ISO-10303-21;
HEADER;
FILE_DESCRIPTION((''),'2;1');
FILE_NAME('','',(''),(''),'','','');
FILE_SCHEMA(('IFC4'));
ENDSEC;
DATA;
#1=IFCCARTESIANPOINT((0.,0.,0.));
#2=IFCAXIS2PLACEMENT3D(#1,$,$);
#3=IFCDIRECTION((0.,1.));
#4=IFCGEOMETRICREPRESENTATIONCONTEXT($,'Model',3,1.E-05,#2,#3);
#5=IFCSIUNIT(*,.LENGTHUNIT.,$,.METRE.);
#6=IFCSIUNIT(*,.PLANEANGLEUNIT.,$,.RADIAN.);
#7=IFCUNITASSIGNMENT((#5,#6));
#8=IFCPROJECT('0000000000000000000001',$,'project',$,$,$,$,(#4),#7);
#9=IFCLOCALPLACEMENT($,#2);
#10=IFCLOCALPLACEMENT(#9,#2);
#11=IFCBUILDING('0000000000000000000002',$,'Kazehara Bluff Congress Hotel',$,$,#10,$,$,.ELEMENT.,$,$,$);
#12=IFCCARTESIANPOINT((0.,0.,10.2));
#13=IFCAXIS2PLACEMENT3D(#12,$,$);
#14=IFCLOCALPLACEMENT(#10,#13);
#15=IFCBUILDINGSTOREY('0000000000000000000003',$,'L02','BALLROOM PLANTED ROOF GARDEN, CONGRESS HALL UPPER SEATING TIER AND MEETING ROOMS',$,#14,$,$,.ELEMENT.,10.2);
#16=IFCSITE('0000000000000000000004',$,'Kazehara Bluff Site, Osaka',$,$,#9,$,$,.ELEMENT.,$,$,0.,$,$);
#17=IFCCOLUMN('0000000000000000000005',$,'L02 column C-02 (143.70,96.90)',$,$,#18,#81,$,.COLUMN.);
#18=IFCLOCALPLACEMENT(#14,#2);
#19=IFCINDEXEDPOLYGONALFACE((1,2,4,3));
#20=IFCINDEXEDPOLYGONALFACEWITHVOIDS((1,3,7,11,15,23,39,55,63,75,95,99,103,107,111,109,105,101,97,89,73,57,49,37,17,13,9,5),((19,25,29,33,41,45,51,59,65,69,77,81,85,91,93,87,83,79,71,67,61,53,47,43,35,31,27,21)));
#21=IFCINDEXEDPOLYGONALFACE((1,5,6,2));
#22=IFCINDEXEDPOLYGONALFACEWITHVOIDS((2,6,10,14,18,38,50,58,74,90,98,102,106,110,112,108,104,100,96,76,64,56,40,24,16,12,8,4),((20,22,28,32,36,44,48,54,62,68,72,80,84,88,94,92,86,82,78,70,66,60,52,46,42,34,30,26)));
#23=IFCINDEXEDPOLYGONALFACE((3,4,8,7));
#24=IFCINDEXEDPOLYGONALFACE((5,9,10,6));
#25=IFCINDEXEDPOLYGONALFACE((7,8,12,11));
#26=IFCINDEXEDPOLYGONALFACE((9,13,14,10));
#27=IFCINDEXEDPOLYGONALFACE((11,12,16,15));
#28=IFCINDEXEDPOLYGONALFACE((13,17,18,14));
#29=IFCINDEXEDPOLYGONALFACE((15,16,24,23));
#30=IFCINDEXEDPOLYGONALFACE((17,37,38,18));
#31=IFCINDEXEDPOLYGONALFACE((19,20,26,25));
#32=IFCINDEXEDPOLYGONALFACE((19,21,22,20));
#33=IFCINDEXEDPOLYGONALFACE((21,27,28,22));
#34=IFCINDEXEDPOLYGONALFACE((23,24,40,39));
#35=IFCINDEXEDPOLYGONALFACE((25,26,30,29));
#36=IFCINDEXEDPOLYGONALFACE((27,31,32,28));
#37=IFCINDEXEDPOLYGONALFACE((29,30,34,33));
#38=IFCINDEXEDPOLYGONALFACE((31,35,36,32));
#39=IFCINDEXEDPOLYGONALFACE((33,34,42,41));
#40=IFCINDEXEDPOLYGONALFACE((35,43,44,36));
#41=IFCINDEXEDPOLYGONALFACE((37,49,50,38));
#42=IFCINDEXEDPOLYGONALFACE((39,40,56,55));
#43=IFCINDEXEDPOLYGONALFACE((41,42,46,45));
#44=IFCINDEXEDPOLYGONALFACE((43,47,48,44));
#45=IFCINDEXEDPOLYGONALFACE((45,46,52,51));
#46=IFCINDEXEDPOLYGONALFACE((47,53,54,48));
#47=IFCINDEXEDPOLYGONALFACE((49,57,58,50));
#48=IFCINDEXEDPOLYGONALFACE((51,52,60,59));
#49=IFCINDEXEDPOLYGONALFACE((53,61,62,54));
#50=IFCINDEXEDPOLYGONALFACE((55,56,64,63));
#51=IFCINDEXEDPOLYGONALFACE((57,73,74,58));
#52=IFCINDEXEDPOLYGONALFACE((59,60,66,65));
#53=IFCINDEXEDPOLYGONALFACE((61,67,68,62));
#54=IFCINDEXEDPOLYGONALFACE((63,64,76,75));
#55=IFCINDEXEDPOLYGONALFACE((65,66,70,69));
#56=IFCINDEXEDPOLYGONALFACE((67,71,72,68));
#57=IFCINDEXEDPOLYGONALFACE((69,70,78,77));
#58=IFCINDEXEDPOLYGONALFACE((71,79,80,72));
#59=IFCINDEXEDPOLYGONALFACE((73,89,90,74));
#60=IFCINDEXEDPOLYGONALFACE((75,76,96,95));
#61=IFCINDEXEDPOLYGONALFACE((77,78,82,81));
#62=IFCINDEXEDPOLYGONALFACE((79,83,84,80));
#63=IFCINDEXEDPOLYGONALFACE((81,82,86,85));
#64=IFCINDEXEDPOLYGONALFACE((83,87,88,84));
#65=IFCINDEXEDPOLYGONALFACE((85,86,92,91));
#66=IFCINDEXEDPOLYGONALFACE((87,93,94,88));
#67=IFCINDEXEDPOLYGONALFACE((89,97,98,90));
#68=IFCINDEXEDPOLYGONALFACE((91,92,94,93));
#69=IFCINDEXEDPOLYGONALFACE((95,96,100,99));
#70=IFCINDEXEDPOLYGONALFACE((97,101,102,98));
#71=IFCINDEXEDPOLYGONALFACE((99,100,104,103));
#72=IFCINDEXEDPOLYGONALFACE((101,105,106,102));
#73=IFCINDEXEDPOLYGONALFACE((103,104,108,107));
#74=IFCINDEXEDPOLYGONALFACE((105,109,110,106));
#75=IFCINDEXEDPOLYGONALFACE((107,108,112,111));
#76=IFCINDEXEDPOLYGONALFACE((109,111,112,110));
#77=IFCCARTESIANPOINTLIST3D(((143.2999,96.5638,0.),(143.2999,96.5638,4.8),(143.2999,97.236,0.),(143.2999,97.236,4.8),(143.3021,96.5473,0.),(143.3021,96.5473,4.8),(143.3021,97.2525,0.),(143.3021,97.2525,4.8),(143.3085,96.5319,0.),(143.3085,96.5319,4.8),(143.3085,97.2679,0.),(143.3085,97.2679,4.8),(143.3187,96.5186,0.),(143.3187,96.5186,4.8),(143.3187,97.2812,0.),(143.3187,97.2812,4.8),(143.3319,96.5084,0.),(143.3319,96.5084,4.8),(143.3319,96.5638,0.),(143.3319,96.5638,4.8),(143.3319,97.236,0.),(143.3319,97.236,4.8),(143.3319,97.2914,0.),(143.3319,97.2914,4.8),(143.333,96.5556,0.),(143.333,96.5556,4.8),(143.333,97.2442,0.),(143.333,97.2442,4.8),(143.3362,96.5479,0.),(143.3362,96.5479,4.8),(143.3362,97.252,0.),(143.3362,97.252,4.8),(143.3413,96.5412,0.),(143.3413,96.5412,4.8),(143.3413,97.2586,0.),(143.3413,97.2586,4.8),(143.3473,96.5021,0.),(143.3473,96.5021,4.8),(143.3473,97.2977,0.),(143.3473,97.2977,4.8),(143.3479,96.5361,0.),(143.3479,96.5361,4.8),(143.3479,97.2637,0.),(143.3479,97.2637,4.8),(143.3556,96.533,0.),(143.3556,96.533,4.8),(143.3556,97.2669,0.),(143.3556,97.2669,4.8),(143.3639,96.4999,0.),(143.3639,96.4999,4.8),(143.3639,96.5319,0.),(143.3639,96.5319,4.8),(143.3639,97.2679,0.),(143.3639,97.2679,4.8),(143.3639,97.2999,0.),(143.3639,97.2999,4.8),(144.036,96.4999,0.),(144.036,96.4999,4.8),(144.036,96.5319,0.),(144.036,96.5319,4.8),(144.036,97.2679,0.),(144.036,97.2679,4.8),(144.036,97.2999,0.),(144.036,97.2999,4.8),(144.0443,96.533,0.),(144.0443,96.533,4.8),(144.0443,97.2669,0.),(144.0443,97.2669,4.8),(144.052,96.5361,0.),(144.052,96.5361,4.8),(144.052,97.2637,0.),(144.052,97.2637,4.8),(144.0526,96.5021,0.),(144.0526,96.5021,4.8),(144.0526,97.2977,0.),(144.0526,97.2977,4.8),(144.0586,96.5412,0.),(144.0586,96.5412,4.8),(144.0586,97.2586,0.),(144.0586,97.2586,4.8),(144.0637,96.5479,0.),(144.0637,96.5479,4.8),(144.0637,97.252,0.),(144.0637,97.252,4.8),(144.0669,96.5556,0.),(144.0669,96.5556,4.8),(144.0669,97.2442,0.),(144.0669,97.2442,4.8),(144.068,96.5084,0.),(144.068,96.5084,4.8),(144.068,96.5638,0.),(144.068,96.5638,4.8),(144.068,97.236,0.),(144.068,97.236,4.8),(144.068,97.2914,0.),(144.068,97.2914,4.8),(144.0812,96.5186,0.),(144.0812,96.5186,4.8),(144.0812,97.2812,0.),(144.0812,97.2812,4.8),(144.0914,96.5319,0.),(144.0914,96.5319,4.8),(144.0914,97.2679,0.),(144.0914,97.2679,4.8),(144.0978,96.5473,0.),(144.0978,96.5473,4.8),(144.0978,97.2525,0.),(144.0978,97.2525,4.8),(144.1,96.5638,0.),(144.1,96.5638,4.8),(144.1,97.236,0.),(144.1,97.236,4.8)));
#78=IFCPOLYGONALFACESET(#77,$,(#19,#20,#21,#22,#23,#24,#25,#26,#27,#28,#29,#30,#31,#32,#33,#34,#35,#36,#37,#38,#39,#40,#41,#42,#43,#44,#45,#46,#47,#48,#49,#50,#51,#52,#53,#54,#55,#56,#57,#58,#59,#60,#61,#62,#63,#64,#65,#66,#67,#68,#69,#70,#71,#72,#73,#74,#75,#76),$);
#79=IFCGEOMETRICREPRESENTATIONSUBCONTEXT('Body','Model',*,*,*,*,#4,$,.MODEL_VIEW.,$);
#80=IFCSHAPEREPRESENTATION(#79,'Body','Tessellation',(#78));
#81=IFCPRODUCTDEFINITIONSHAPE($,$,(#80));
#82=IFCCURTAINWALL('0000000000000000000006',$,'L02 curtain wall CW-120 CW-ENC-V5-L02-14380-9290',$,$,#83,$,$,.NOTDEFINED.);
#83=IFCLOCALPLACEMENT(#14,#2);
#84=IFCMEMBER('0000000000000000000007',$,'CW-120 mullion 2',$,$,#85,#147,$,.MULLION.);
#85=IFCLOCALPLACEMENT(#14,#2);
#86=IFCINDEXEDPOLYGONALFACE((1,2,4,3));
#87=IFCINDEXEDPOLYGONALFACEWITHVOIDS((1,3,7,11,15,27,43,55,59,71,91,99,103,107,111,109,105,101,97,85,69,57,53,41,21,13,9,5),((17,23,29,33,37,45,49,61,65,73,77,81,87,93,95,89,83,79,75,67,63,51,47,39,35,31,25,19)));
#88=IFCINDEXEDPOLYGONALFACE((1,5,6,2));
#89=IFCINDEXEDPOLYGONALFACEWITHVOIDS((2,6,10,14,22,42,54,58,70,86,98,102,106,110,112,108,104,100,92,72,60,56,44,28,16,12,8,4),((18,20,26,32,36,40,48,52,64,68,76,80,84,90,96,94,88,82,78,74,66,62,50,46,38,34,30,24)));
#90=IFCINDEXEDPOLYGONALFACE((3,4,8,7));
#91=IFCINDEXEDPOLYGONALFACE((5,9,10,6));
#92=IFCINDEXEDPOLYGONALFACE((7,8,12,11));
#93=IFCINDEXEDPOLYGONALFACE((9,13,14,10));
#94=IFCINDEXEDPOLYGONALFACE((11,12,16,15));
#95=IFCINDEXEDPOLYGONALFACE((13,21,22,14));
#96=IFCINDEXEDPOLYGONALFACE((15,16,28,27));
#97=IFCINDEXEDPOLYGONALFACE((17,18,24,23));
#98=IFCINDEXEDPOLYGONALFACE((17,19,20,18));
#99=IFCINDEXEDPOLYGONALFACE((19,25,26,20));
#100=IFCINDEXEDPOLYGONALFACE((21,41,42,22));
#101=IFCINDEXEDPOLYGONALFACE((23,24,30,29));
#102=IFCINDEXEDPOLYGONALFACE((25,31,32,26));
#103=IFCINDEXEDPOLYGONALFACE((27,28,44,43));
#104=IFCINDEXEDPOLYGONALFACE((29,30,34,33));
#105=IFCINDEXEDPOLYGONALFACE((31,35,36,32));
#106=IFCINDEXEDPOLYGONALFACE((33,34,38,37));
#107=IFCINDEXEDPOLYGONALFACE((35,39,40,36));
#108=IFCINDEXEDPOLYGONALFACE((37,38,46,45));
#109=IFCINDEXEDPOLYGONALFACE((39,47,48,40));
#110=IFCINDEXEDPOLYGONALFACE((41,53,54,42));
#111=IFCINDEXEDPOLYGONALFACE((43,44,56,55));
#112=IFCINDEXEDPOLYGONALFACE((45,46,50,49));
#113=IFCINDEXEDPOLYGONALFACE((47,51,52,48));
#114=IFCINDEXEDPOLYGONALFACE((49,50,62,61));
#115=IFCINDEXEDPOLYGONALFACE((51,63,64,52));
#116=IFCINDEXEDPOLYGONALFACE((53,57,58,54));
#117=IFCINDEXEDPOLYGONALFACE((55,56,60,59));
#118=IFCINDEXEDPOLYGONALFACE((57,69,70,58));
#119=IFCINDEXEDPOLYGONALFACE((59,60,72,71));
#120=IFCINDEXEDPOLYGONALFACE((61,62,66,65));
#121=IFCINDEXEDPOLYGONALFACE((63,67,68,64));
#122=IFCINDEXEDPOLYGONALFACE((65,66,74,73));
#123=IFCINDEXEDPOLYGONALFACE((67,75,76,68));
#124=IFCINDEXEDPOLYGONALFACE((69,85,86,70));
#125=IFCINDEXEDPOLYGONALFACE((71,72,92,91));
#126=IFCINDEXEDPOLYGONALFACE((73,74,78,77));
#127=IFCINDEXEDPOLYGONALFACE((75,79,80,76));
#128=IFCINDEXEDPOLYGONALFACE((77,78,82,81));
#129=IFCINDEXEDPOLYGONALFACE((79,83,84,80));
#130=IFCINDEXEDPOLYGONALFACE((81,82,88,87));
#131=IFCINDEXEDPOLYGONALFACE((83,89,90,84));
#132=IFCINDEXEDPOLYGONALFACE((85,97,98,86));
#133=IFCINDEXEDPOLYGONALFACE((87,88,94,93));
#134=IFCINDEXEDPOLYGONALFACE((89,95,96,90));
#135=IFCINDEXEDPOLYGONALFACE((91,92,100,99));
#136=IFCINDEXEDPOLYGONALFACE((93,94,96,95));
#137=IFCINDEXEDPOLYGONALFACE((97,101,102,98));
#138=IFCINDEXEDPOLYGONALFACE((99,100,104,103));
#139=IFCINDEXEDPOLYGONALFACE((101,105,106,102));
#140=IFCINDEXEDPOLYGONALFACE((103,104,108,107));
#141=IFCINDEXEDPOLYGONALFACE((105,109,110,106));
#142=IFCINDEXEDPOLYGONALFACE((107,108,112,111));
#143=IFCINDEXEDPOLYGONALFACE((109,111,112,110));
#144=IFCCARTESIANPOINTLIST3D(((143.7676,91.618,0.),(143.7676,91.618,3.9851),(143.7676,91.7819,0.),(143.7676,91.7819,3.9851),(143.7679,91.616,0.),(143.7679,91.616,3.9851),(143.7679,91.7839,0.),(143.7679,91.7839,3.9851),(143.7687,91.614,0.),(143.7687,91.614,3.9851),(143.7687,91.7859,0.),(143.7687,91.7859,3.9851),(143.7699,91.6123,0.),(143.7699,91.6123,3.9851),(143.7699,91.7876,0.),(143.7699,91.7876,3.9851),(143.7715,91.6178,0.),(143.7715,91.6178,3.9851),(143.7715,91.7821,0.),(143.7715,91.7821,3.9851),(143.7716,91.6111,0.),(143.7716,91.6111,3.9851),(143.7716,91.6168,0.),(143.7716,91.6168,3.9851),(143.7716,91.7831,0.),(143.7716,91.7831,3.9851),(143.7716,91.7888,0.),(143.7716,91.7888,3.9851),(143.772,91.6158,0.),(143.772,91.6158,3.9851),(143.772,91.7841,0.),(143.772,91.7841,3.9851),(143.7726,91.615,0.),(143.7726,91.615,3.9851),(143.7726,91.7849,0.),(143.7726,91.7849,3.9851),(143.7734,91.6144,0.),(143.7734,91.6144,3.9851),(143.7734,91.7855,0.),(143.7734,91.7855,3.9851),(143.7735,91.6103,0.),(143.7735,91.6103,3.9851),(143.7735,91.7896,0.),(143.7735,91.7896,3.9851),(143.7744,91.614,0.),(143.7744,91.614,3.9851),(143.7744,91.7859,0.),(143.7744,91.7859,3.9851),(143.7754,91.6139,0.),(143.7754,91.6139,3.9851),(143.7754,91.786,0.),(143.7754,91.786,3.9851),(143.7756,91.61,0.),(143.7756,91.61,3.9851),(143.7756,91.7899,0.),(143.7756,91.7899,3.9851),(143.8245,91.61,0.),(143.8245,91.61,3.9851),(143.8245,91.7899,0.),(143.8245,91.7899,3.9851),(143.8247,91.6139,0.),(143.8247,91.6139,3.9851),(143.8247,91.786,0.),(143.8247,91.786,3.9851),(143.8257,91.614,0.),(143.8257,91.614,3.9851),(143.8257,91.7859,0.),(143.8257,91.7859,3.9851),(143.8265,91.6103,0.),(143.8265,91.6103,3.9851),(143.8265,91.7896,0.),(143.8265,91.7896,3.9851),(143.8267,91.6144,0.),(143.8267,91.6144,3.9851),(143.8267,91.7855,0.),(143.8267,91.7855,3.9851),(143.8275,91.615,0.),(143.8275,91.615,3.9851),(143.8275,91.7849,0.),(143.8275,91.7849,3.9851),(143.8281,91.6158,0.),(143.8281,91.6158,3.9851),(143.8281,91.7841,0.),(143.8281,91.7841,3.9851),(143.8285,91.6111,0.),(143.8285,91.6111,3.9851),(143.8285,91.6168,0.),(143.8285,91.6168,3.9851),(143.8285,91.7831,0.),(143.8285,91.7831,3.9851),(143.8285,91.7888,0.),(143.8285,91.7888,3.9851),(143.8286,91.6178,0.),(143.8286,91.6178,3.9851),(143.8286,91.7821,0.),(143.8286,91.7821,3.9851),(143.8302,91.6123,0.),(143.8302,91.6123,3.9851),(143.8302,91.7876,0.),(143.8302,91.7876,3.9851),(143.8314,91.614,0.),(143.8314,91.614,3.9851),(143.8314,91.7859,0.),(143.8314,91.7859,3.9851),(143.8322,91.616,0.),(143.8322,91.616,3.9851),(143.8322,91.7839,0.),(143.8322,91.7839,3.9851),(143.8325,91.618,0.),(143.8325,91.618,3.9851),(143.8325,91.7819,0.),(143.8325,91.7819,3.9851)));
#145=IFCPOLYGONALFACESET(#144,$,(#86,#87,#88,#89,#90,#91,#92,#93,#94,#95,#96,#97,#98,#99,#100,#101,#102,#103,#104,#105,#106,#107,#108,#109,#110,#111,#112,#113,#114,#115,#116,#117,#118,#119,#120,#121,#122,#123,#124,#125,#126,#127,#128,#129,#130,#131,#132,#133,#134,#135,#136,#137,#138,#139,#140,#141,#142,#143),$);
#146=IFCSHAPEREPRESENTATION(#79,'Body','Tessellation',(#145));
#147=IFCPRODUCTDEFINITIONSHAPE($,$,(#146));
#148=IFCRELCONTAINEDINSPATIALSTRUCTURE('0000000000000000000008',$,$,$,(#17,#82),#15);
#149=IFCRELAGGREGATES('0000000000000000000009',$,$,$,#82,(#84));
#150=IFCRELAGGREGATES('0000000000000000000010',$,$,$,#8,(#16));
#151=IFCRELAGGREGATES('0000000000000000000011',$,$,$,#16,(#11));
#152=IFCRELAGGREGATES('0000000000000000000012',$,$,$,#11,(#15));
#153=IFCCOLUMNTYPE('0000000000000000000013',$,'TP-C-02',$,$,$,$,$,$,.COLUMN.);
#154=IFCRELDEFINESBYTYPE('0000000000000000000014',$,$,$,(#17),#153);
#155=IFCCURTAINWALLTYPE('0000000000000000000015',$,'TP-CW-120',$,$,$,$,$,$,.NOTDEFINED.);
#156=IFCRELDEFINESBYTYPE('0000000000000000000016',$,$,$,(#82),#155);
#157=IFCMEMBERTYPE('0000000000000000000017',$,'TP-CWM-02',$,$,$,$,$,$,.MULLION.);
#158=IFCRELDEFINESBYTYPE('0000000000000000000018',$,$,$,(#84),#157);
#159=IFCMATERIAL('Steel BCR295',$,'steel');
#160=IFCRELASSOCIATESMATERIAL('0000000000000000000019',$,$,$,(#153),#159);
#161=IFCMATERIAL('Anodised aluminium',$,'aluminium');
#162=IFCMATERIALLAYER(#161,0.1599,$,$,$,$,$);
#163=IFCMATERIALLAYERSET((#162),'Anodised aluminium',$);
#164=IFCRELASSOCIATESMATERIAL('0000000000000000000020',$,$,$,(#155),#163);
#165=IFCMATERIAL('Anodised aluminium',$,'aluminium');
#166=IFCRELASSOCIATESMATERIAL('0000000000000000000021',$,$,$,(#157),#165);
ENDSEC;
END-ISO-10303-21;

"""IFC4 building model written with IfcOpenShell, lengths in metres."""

from ifc_helpers import new_model, si_unit, direction, frame, origin, origin_2d, place, context, subcontext, project, spatial, hollow_rectangle, extrude, material, layer, layer_set, material_profile, profile_set, type_object, element, aggregate, save


model = new_model("IFC4")

# Units and contexts
model_context = context("Model", 3, precision=1e-05, world=origin(), true_north=direction((0.0, 1.0)))
body_context = subcontext(model_context, "Body", "Model", "MODEL_VIEW")
ifc_project = project(units=[si_unit("LENGTHUNIT", "METRE"), si_unit("PLANEANGLEUNIT", "RADIAN")], contexts=[model_context])

# Site, building, storey
site_placement = place(None, origin())
site = spatial("IfcSite", under=ifc_project, at=site_placement, Name="Kazehara Bluff Site, Osaka", CompositionType="ELEMENT", RefElevation=0.0)
building_placement = place(site_placement, origin())
building = spatial("IfcBuilding", under=site, at=building_placement, Name="Kazehara Bluff Congress Hotel", CompositionType="ELEMENT")
storey_placement = place(building_placement, frame((0.0, 0.0, 10.2)))
storey = spatial("IfcBuildingStorey", under=building, at=storey_placement, Name="L02", Description="BALLROOM PLANTED ROOF GARDEN, CONGRESS HALL UPPER SEATING TIER AND MEETING ROOMS", CompositionType="ELEMENT", Elevation=10.2)

# Column
ifc_material_1 = material(Name="Steel BCR295", Category="steel")
ifc_material_profile_1 = material_profile(ifc_material_1, hollow_rectangle(XDim=0.8, YDim=0.8, WallThickness=0.032, InnerFilletRadius=0.032, OuterFilletRadius=0.064, at=origin_2d()))
ifc_profile_set_1 = profile_set([ifc_material_profile_1], Name="Steel BCR295")
column_type = type_object("IfcColumnType", Name="TP-C-02", PredefinedType="COLUMN", material=ifc_profile_set_1)
column_placement = place(storey_placement, frame((143.7, 96.8999, 0.0), z_axis=(0.0, 0.0, 1.0), x_axis=(1.0, 0.0, 0.0)))
element("IfcColumn", 1, at=column_placement, inside=storey, type_object=column_type, Name="L02 column C-02 (143.70,96.90)", PredefinedType="COLUMN", context=body_context, shape_type="SweptSolid", body=[
    extrude(hollow_rectangle(XDim=0.8, YDim=0.8, WallThickness=0.032, InnerFilletRadius=0.032, OuterFilletRadius=0.064, at=origin_2d()), origin(), (0.0, 0.0, 1.0), 4.8),
])

# Curtain wall, member
ifc_material_2 = material(Name="Anodised aluminium", Category="aluminium")
ifc_layer_1 = layer(ifc_material_2, 0.1599)
ifc_layer_set_1 = layer_set([ifc_layer_1], Name="Anodised aluminium")
curtain_wall_type_1 = type_object("IfcCurtainWallType", Name="TP-CW-120", PredefinedType="NOTDEFINED", material=ifc_layer_set_1)
curtain_wall_1_placement = place(storey_placement, origin())
curtain_wall_1 = element("IfcCurtainWall", 2, at=curtain_wall_1_placement, inside=storey, type_object=curtain_wall_type_1, Name="L02 curtain wall CW-120 CW-ENC-V5-L02-14380-9290", PredefinedType="NOTDEFINED")
ifc_material_3 = material(Name="Anodised aluminium", Category="aluminium")
ifc_material_profile_2 = material_profile(ifc_material_3, hollow_rectangle(XDim=0.0649, YDim=0.1799, WallThickness=0.0039, InnerFilletRadius=0.0039, OuterFilletRadius=0.0081, at=origin_2d()))
ifc_profile_set_2 = profile_set([ifc_material_profile_2], Name="Anodised aluminium")
member_type_1 = type_object("IfcMemberType", Name="TP-CWM-02", PredefinedType="MULLION", material=ifc_profile_set_2)
member_1_placement = place(storey_placement, frame((143.8, 91.7, 0.0), z_axis=(0.0, 0.0, 1.0), x_axis=(-1.0, 0.0, 0.0)))
member_1 = element("IfcMember", 3, at=member_1_placement, type_object=member_type_1, Name="CW-120 mullion 2", PredefinedType="MULLION", context=body_context, shape_type="SweptSolid", body=[
    extrude(hollow_rectangle(XDim=0.0649, YDim=0.1799, WallThickness=0.0039, InnerFilletRadius=0.0039, OuterFilletRadius=0.0081, at=origin_2d()), origin(), (0.0, 0.0, 1.0), 3.9851),
])

aggregate(curtain_wall_1, [member_1])

save(model, "model.ifc")
